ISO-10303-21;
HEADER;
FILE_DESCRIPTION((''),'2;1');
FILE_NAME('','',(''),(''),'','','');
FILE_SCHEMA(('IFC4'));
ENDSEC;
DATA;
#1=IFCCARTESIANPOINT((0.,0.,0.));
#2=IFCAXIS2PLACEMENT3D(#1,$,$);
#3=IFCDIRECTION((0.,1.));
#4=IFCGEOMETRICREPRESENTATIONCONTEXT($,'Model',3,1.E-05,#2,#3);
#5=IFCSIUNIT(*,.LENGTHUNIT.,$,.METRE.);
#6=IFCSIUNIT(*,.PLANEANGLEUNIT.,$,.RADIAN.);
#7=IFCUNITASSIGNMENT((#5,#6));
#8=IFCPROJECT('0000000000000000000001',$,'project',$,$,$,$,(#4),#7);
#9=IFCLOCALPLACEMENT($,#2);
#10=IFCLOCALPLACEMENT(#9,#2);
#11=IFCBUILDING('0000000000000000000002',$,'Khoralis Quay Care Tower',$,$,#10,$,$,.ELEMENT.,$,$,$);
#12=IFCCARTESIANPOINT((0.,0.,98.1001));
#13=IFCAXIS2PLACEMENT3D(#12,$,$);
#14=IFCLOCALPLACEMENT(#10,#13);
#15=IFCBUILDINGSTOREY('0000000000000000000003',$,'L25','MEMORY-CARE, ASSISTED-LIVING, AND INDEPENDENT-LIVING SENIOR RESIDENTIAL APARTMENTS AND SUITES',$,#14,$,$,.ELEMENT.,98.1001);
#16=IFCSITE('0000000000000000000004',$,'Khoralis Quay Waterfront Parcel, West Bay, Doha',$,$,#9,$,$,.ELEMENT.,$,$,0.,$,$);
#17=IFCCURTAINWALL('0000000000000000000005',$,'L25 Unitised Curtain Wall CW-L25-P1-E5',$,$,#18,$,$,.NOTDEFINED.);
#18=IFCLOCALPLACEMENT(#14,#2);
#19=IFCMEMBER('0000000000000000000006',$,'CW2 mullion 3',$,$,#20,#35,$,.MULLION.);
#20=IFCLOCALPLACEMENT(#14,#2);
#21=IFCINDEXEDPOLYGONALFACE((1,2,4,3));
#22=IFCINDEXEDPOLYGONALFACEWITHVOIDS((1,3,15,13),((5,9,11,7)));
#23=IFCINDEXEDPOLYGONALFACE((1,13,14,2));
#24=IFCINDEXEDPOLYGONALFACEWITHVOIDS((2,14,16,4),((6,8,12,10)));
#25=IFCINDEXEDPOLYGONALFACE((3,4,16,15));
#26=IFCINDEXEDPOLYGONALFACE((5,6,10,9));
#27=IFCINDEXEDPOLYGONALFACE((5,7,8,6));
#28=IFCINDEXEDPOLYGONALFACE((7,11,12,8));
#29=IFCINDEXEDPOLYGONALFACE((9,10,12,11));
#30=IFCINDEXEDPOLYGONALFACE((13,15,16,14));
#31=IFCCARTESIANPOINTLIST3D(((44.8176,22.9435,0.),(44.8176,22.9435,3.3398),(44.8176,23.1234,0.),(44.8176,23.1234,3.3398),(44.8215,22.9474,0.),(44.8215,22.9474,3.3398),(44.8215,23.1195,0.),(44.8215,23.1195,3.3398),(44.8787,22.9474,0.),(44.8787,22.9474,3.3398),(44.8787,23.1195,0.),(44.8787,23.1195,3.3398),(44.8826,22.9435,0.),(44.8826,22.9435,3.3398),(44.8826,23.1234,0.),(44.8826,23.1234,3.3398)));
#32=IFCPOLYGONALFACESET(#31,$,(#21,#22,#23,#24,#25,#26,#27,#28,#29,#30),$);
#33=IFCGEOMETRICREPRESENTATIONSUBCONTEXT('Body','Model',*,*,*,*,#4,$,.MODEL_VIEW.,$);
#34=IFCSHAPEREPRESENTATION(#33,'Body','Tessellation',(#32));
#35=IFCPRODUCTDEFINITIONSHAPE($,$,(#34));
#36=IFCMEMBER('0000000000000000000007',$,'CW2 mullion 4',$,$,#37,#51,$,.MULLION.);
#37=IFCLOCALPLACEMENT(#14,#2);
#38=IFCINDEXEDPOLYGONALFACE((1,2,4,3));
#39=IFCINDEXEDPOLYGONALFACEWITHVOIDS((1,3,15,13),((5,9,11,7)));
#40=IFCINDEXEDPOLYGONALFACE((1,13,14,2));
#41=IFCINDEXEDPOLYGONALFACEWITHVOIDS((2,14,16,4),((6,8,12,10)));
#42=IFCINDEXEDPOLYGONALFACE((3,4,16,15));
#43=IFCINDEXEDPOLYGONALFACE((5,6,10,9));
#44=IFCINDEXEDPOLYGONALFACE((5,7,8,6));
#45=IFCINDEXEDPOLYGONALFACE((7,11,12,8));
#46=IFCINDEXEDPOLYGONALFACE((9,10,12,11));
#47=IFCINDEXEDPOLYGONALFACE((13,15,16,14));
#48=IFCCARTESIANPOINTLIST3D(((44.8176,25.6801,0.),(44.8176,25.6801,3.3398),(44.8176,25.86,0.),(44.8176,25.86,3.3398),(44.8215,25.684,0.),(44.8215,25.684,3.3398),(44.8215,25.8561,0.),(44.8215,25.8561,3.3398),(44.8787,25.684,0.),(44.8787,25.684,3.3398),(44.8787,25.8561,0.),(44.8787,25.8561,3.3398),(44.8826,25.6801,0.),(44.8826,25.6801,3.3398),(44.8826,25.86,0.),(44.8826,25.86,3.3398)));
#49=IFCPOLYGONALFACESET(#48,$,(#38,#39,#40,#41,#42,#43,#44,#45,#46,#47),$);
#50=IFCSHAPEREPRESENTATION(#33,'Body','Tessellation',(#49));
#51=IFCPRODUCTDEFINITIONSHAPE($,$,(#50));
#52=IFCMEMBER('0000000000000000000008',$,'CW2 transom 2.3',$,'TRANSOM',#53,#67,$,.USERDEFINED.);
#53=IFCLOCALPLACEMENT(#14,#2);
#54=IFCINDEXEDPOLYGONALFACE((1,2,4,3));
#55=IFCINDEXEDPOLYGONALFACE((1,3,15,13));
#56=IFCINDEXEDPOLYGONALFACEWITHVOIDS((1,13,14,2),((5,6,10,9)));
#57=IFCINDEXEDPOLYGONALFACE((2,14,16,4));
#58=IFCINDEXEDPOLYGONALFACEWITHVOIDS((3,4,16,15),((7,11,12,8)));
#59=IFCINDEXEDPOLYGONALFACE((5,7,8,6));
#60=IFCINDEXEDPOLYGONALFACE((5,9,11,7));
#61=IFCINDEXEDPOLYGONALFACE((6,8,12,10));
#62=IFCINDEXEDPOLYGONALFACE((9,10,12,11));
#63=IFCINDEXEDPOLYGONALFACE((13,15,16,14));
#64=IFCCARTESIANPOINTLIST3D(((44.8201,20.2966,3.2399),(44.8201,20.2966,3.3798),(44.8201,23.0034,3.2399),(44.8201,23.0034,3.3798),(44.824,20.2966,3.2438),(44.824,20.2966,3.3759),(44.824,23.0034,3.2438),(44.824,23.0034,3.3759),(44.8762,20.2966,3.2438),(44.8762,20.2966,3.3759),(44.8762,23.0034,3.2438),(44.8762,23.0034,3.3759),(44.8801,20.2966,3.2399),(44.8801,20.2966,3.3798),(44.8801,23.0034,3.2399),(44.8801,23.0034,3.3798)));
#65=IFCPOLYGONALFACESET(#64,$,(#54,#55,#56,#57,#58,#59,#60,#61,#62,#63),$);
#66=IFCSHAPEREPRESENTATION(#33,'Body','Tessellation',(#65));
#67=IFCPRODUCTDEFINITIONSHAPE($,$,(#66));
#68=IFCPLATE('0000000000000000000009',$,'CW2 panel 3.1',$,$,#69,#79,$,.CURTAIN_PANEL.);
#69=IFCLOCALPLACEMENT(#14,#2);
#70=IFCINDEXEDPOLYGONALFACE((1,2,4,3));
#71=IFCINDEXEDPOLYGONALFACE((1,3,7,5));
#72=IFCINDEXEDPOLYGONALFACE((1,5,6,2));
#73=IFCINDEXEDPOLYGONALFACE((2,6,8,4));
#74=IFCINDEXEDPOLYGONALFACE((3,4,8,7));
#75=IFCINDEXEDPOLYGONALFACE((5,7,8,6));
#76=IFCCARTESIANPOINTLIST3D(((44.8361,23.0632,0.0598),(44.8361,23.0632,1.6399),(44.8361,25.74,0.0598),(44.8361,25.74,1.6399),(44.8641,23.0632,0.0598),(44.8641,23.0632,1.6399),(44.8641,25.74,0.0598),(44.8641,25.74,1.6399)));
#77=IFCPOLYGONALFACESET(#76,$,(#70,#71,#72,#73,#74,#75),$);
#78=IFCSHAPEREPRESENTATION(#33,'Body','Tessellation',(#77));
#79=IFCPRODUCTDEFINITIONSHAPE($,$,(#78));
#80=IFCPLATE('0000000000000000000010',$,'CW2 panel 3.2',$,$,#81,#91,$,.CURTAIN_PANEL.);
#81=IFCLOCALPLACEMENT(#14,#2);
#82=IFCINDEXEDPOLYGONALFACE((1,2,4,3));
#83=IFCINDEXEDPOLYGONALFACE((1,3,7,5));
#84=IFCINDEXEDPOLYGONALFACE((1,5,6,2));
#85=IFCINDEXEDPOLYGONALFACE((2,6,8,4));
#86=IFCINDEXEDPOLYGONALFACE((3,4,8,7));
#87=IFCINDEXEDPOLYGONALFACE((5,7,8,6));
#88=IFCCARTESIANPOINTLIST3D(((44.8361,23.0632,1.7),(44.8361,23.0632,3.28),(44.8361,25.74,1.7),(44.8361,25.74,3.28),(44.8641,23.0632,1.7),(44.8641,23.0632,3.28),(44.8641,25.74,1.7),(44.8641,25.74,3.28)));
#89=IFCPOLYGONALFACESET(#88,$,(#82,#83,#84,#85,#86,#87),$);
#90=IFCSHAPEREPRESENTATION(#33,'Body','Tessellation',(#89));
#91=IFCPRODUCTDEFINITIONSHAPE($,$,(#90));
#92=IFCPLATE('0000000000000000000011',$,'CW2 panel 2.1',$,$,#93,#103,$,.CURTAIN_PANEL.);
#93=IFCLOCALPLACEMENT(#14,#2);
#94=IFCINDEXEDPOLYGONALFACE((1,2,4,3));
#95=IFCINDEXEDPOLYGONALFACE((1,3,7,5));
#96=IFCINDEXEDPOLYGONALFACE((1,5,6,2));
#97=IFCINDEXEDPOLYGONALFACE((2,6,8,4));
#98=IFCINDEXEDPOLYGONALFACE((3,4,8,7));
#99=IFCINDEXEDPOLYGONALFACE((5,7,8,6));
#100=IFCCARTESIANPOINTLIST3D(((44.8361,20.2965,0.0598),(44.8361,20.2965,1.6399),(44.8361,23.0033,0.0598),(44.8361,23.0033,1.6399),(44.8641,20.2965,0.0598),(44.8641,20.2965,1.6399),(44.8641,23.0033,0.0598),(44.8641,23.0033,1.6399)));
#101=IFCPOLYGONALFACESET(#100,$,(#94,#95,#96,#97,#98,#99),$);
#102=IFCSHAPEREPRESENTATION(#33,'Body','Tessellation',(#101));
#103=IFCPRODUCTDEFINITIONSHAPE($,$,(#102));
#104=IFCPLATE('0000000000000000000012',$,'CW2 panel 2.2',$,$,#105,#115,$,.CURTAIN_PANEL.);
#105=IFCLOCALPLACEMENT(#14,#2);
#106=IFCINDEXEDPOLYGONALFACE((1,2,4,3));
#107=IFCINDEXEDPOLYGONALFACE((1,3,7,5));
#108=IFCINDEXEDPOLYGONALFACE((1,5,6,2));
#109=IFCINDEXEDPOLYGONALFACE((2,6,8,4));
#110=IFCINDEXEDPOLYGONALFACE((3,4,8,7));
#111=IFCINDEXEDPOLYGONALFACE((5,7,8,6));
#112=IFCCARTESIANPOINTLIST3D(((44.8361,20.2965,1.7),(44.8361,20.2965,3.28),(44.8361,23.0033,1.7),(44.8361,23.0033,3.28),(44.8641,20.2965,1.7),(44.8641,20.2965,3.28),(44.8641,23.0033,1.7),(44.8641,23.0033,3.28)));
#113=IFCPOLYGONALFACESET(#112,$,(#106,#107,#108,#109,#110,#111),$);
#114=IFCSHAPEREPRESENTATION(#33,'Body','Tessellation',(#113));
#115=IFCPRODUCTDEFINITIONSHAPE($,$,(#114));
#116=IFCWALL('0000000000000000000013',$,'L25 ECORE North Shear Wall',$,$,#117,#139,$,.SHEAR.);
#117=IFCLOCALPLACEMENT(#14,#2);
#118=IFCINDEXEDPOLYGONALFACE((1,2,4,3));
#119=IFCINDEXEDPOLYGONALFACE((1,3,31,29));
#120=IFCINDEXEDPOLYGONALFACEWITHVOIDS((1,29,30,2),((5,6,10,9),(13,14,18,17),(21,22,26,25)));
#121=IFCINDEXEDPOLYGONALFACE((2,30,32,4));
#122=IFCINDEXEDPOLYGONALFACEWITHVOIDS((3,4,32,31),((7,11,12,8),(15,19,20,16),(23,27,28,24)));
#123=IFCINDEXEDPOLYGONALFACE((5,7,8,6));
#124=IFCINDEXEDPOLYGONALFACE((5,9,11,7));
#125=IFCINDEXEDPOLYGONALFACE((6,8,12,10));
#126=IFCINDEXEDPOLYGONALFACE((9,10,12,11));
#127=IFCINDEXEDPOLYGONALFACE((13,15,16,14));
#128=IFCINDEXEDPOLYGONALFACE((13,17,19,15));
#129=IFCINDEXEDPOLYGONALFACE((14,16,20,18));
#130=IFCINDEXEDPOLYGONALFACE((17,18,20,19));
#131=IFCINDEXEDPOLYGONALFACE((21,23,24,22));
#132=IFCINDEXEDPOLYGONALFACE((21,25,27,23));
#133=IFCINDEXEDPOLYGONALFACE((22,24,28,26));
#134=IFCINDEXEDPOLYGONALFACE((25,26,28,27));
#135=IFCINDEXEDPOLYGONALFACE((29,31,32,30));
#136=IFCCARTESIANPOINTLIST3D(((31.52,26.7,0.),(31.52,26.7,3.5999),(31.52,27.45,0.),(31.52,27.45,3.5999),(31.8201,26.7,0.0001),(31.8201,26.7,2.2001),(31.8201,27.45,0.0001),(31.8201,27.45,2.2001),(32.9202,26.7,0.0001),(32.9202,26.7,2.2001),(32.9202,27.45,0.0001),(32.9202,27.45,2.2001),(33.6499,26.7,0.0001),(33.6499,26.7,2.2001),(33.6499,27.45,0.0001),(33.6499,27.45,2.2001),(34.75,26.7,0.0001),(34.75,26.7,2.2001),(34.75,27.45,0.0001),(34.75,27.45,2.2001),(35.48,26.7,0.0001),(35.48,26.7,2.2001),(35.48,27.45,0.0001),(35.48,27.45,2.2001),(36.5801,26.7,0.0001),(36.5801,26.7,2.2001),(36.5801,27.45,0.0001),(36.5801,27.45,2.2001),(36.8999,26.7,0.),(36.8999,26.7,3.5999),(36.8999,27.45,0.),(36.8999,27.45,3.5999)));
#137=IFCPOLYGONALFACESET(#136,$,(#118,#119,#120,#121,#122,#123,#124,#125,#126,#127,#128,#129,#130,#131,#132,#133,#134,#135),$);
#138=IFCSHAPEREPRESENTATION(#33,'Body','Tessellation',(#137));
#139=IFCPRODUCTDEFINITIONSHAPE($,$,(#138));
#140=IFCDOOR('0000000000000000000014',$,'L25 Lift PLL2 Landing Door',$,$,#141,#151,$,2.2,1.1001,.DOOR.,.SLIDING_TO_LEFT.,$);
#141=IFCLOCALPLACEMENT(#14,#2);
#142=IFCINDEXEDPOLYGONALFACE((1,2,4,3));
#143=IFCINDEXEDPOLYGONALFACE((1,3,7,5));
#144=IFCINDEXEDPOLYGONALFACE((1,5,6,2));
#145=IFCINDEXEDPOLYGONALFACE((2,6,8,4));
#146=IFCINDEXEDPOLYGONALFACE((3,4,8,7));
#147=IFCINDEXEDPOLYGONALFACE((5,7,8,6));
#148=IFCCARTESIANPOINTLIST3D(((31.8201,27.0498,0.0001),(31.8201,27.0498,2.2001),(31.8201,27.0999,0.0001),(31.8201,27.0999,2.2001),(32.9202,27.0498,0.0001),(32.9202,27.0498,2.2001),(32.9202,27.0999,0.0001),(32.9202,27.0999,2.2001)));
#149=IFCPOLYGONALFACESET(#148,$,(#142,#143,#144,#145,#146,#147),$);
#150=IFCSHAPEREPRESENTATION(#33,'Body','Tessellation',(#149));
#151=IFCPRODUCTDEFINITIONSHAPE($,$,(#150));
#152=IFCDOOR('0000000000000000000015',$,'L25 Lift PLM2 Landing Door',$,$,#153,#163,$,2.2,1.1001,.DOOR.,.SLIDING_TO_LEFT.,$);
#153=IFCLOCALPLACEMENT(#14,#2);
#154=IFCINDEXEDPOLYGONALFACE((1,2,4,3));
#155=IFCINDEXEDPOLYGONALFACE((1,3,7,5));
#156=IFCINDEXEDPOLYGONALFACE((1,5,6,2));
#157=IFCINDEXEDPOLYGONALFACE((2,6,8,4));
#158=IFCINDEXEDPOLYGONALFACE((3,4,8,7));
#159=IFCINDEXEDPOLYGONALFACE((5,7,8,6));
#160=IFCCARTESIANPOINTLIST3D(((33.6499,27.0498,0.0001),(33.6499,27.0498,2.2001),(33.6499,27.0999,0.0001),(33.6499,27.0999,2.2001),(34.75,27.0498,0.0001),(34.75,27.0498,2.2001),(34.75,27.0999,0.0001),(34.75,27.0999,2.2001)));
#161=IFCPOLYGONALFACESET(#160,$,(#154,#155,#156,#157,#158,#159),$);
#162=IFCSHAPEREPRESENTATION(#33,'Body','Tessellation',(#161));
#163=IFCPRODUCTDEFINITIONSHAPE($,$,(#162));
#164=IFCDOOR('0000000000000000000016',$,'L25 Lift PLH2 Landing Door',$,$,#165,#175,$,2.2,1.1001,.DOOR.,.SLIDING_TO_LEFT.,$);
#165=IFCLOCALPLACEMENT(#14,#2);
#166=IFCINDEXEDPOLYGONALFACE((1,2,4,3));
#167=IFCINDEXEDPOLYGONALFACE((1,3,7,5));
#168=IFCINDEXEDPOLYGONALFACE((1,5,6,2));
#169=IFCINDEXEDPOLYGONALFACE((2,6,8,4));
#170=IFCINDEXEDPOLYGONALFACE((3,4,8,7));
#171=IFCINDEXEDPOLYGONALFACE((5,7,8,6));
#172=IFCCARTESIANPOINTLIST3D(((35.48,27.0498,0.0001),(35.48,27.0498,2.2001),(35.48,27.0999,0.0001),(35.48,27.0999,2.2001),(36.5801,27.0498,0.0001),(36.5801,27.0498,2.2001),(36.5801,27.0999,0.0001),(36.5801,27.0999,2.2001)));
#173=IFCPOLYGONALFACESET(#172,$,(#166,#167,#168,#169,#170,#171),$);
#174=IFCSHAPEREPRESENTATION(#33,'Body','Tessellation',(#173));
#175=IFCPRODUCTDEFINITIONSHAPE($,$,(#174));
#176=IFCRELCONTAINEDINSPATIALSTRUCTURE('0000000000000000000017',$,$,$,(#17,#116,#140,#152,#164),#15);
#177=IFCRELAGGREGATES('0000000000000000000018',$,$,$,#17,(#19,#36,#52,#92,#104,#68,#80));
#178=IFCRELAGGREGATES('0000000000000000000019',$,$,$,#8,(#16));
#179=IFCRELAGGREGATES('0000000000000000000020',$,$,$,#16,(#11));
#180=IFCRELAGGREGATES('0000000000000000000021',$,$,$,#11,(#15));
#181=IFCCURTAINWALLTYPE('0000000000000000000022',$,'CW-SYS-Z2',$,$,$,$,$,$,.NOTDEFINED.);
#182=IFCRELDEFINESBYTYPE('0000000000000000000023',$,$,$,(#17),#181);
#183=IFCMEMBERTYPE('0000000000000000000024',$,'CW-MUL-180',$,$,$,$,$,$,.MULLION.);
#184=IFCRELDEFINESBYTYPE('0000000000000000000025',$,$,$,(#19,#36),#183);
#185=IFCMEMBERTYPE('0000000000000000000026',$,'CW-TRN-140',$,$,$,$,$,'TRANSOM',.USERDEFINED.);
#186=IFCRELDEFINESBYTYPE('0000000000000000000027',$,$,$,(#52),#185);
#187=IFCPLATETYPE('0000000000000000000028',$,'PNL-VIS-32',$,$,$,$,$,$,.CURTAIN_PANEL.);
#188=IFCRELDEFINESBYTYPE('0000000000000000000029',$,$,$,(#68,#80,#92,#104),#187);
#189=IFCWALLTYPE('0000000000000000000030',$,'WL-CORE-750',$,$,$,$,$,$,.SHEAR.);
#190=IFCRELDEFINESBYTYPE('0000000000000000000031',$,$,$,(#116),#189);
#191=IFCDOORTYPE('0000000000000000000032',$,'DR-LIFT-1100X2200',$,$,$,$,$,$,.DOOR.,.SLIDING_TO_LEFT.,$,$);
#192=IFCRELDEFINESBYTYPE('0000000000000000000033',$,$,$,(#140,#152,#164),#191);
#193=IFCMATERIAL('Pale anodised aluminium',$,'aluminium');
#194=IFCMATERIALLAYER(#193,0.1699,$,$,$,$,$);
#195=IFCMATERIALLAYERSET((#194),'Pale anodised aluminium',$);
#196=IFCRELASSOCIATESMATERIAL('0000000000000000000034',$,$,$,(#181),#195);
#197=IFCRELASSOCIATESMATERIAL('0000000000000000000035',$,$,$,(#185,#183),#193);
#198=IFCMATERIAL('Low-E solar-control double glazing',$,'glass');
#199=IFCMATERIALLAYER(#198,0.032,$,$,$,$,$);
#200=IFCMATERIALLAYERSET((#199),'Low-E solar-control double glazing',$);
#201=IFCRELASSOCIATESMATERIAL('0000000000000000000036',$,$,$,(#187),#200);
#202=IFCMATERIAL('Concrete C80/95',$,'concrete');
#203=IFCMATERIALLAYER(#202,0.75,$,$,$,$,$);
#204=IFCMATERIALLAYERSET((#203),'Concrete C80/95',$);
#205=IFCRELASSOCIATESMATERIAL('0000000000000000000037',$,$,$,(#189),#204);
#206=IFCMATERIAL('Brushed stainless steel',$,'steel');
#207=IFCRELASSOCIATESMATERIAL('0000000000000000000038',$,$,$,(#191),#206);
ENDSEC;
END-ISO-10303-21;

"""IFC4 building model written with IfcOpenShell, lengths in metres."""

from ifc_helpers import new_model, si_unit, direction, frame, frame_2d, origin, origin_2d, place, context, subcontext, project, spatial, rectangle, hollow_rectangle, extrude, source, transform, mapped, material, layer, layer_set, material_profile, profile_set, type_object, element, fill, aggregate, save


model = new_model("IFC4")

# Units and contexts
model_context = context("Model", 3, precision=1e-05, world=origin(), true_north=direction((0.0, 1.0)))
body_context = subcontext(model_context, "Body", "Model", "MODEL_VIEW")
ifc_project = project(units=[si_unit("LENGTHUNIT", "METRE"), si_unit("PLANEANGLEUNIT", "RADIAN")], contexts=[model_context])

# Site, building, storey
site_placement = place(None, origin())
site = spatial("IfcSite", under=ifc_project, at=site_placement, Name="Khoralis Quay Waterfront Parcel, West Bay, Doha", CompositionType="ELEMENT", RefElevation=0.0)
building_placement = place(site_placement, origin())
building = spatial("IfcBuilding", under=site, at=building_placement, Name="Khoralis Quay Care Tower", CompositionType="ELEMENT")
storey_placement = place(building_placement, frame((0.0, 0.0, 98.1001)))
storey = spatial("IfcBuildingStorey", under=building, at=storey_placement, Name="L25", Description="MEMORY-CARE, ASSISTED-LIVING, AND INDEPENDENT-LIVING SENIOR RESIDENTIAL APARTMENTS AND SUITES", CompositionType="ELEMENT", Elevation=98.1001)

# Curtain wall, members, plates
ifc_material_1 = material(Name="Pale anodised aluminium", Category="aluminium")
ifc_layer_1 = layer(ifc_material_1, 0.1699)
ifc_layer_set_1 = layer_set([ifc_layer_1], Name="Pale anodised aluminium")
curtain_wall_type = type_object("IfcCurtainWallType", Name="CW-SYS-Z2", PredefinedType="NOTDEFINED", material=ifc_layer_set_1)
curtain_wall_placement = place(storey_placement, origin())
curtain_wall = element("IfcCurtainWall", 1, at=curtain_wall_placement, inside=storey, type_object=curtain_wall_type, Name="L25 Unitised Curtain Wall CW-L25-P1-E5", PredefinedType="NOTDEFINED")
ifc_material_profile_1 = material_profile(ifc_material_1, hollow_rectangle(XDim=0.0601, YDim=0.1399, WallThickness=0.0039, at=origin_2d()), Name="Pale anodised aluminium")
ifc_profile_set_1 = profile_set([ifc_material_profile_1], Name="Pale anodised aluminium")
member_type_1 = type_object("IfcMemberType", Name="CW-TRN-140", ElementType="TRANSOM", PredefinedType="USERDEFINED", material=ifc_profile_set_1)
ifc_material_profile_2 = material_profile(ifc_material_1, hollow_rectangle(XDim=0.0649, YDim=0.1799, WallThickness=0.0039, at=origin_2d()), Name="Pale anodised aluminium")
ifc_profile_set_2 = profile_set([ifc_material_profile_2], Name="Pale anodised aluminium")
member_type_2 = type_object("IfcMemberType", Name="CW-MUL-180", PredefinedType="MULLION", material=ifc_profile_set_2)
shared_shape_1 = source(origin(), body_context, "Body", "SweptSolid", [
    extrude(hollow_rectangle(XDim=0.0649, YDim=0.1799, WallThickness=0.0039, at=origin_2d()), origin(), (0.0, 0.0, 1.0), 3.3398),
])
member_1_placement = place(storey_placement, frame((44.8501, 23.0334, 0.0), z_axis=(0.0, 0.0, 1.0), x_axis=(-1.0, 0.0, 0.0)))
member_1 = element("IfcMember", 2, at=member_1_placement, type_object=member_type_2, Name="CW2 mullion 3", PredefinedType="MULLION", context=body_context, shape_type="MappedRepresentation", body=[
    mapped(shared_shape_1, transform((0.0, 0.0, 0.0), scale=1.0)),
])
member_2_placement = place(storey_placement, frame((44.8501, 25.77, 0.0), z_axis=(0.0, 0.0, 1.0), x_axis=(-1.0, 0.0, 0.0)))
member_2 = element("IfcMember", 3, at=member_2_placement, type_object=member_type_2, Name="CW2 mullion 4", PredefinedType="MULLION", context=body_context, shape_type="MappedRepresentation", body=[
    mapped(shared_shape_1, transform((0.0, 0.0, 0.0), scale=1.0)),
])
shared_shape_2 = source(origin(), body_context, "Body", "SweptSolid", [
    extrude(hollow_rectangle(XDim=0.0601, YDim=0.1399, WallThickness=0.0039, at=origin_2d()), origin(), (0.0, 0.0, 1.0), 2.7068),
])
member_3_placement = place(storey_placement, frame((44.8501, 20.2966, 3.3098), z_axis=(0.0, 1.0, 0.0), x_axis=(-1.0, 0.0, 0.0)))
member_3 = element("IfcMember", 4, at=member_3_placement, type_object=member_type_1, Name="CW2 transom 2.3", ObjectType="TRANSOM", PredefinedType="USERDEFINED", context=body_context, shape_type="MappedRepresentation", body=[
    mapped(shared_shape_2, transform((0.0, 0.0, 0.0), scale=1.0)),
])
ifc_material_2 = material(Name="Low-E solar-control double glazing", Category="glass")
ifc_layer_2 = layer(ifc_material_2, 0.032)
ifc_layer_set_2 = layer_set([ifc_layer_2], Name="Low-E solar-control double glazing")
plate_type = type_object("IfcPlateType", Name="PNL-VIS-32", PredefinedType="CURTAIN_PANEL", material=ifc_layer_set_2)
shared_shape_3 = source(origin(), body_context, "Body", "SweptSolid", [
    extrude(rectangle(XDim=2.6768, YDim=0.0281, at=origin_2d()), origin(), (0.0, 0.0, 1.0), 1.5801),
])
plate_1_placement = place(storey_placement, frame((44.8501, 24.4016, 0.0598), z_axis=(0.0, 0.0, 1.0), x_axis=(0.0, 1.0, 0.0)))
plate_1 = element("IfcPlate", 5, at=plate_1_placement, type_object=plate_type, Name="CW2 panel 3.1", PredefinedType="CURTAIN_PANEL", context=body_context, shape_type="MappedRepresentation", body=[
    mapped(shared_shape_3, transform((0.0, 0.0, 0.0), scale=1.0)),
])
plate_2_placement = place(storey_placement, frame((44.8501, 24.4016, 1.7), z_axis=(0.0, 0.0, 1.0), x_axis=(0.0, 1.0, 0.0)))
plate_2 = element("IfcPlate", 6, at=plate_2_placement, type_object=plate_type, Name="CW2 panel 3.2", PredefinedType="CURTAIN_PANEL", context=body_context, shape_type="MappedRepresentation", body=[
    mapped(shared_shape_3, transform((0.0, 0.0, 0.0), scale=1.0)),
])
shared_shape_4 = source(origin(), body_context, "Body", "SweptSolid", [
    extrude(rectangle(XDim=2.7068, YDim=0.0281, at=origin_2d()), origin(), (0.0, 0.0, 1.0), 1.5801),
])
plate_3_placement = place(storey_placement, frame((44.8501, 21.6499, 0.0598), z_axis=(0.0, 0.0, 1.0), x_axis=(0.0, 1.0, 0.0)))
plate_3 = element("IfcPlate", 7, at=plate_3_placement, type_object=plate_type, Name="CW2 panel 2.1", PredefinedType="CURTAIN_PANEL", context=body_context, shape_type="MappedRepresentation", body=[
    mapped(shared_shape_4, transform((0.0, 0.0, 0.0), scale=1.0)),
])
plate_4_placement = place(storey_placement, frame((44.8501, 21.6499, 1.7), z_axis=(0.0, 0.0, 1.0), x_axis=(0.0, 1.0, 0.0)))
plate_4 = element("IfcPlate", 8, at=plate_4_placement, type_object=plate_type, Name="CW2 panel 2.2", PredefinedType="CURTAIN_PANEL", context=body_context, shape_type="MappedRepresentation", body=[
    mapped(shared_shape_4, transform((0.0, 0.0, 0.0), scale=1.0)),
])
aggregate(curtain_wall, [member_1, member_2, member_3, plate_3, plate_4, plate_1, plate_2])

# Wall, openings, doors
ifc_material_3 = material(Name="Concrete C80/95", Category="concrete")
ifc_layer_3 = layer(ifc_material_3, 0.75)
ifc_layer_set_3 = layer_set([ifc_layer_3], Name="Concrete C80/95")
wall_type_1 = type_object("IfcWallType", Name="WL-CORE-750", PredefinedType="SHEAR", material=ifc_layer_set_3)
wall_1_placement = place(storey_placement, frame((31.52, 27.075, 0.0), z_axis=(0.0, 0.0, 1.0), x_axis=(1.0, 0.0, 0.0)))
wall_1 = element("IfcWall", 9, at=wall_1_placement, inside=storey, type_object=wall_type_1, Name="L25 ECORE North Shear Wall", PredefinedType="SHEAR", context=body_context, shape_type="SweptSolid", body=[
    extrude(rectangle(XDim=5.3799, YDim=0.75, at=frame_2d((2.6899, 0.0))), origin(), (0.0, 0.0, 1.0), 3.5999),
])
opening_1_placement = place(wall_1_placement, frame((0.3, 0.0, 0.0)))
opening_1 = element("IfcOpeningElement", 10, at=opening_1_placement, cuts=wall_1, PredefinedType="OPENING", context=body_context, shape_type="SweptSolid", body=[
    extrude(rectangle(XDim=1.1001, YDim=2.2, at=frame_2d((0.55, 1.1001))), frame((0.0, 0.385, 0.0), z_axis=(0.0, -1.0, 0.0), x_axis=(1.0, 0.0, 0.0)), (0.0, 0.0, 1.0), 0.77),
])
opening_2_placement = place(wall_1_placement, frame((2.1299, 0.0, 0.0)))
opening_2 = element("IfcOpeningElement", 11, at=opening_2_placement, cuts=wall_1, PredefinedType="OPENING", context=body_context, shape_type="SweptSolid", body=[
    extrude(rectangle(XDim=1.1001, YDim=2.2, at=frame_2d((0.55, 1.1001))), frame((0.0, 0.385, 0.0), z_axis=(0.0, -1.0, 0.0), x_axis=(1.0, 0.0, 0.0)), (0.0, 0.0, 1.0), 0.77),
])
opening_3_placement = place(wall_1_placement, frame((3.96, 0.0, 0.0)))
opening_3 = element("IfcOpeningElement", 12, at=opening_3_placement, cuts=wall_1, PredefinedType="OPENING", context=body_context, shape_type="SweptSolid", body=[
    extrude(rectangle(XDim=1.1001, YDim=2.2, at=frame_2d((0.55, 1.1001))), frame((0.0, 0.385, 0.0), z_axis=(0.0, -1.0, 0.0), x_axis=(1.0, 0.0, 0.0)), (0.0, 0.0, 1.0), 0.77),
])
ifc_material_4 = material(Name="Brushed stainless steel", Category="steel")
door_type = type_object("IfcDoorType", Name="DR-LIFT-1100X2200", OperationType="SLIDING_TO_LEFT", PredefinedType="DOOR", material=ifc_material_4)
shared_shape_5 = source(origin(), body_context, "Body", "SweptSolid", [
    extrude(rectangle(XDim=1.1001, YDim=2.2, at=frame_2d((0.55, 1.1001))), frame((0.0, 0.0249, 0.0), z_axis=(0.0, -1.0, 0.0), x_axis=(1.0, 0.0, 0.0)), (0.0, 0.0, 1.0), 0.05),
])
door_1_placement = place(opening_1_placement, origin())
door_1 = element("IfcDoor", 13, at=door_1_placement, inside=storey, type_object=door_type, Name="L25 Lift PLL2 Landing Door", OperationType="SLIDING_TO_LEFT", OverallHeight=2.2, OverallWidth=1.1001, PredefinedType="DOOR", context=body_context, shape_type="MappedRepresentation", body=[
    mapped(shared_shape_5, transform((0.0, 0.0, 0.0), scale=1.0)),
])
fill(opening_1, door_1)
door_2_placement = place(opening_2_placement, origin())
door_2 = element("IfcDoor", 14, at=door_2_placement, inside=storey, type_object=door_type, Name="L25 Lift PLM2 Landing Door", OperationType="SLIDING_TO_LEFT", OverallHeight=2.2, OverallWidth=1.1001, PredefinedType="DOOR", context=body_context, shape_type="MappedRepresentation", body=[
    mapped(shared_shape_5, transform((0.0, 0.0, 0.0), scale=1.0)),
])
fill(opening_2, door_2)
door_3_placement = place(opening_3_placement, origin())
door_3 = element("IfcDoor", 15, at=door_3_placement, inside=storey, type_object=door_type, Name="L25 Lift PLH2 Landing Door", OperationType="SLIDING_TO_LEFT", OverallHeight=2.2, OverallWidth=1.1001, PredefinedType="DOOR", context=body_context, shape_type="MappedRepresentation", body=[
    mapped(shared_shape_5, transform((0.0, 0.0, 0.0), scale=1.0)),
])
fill(opening_3, door_3)

save(model, "model.ifc")
